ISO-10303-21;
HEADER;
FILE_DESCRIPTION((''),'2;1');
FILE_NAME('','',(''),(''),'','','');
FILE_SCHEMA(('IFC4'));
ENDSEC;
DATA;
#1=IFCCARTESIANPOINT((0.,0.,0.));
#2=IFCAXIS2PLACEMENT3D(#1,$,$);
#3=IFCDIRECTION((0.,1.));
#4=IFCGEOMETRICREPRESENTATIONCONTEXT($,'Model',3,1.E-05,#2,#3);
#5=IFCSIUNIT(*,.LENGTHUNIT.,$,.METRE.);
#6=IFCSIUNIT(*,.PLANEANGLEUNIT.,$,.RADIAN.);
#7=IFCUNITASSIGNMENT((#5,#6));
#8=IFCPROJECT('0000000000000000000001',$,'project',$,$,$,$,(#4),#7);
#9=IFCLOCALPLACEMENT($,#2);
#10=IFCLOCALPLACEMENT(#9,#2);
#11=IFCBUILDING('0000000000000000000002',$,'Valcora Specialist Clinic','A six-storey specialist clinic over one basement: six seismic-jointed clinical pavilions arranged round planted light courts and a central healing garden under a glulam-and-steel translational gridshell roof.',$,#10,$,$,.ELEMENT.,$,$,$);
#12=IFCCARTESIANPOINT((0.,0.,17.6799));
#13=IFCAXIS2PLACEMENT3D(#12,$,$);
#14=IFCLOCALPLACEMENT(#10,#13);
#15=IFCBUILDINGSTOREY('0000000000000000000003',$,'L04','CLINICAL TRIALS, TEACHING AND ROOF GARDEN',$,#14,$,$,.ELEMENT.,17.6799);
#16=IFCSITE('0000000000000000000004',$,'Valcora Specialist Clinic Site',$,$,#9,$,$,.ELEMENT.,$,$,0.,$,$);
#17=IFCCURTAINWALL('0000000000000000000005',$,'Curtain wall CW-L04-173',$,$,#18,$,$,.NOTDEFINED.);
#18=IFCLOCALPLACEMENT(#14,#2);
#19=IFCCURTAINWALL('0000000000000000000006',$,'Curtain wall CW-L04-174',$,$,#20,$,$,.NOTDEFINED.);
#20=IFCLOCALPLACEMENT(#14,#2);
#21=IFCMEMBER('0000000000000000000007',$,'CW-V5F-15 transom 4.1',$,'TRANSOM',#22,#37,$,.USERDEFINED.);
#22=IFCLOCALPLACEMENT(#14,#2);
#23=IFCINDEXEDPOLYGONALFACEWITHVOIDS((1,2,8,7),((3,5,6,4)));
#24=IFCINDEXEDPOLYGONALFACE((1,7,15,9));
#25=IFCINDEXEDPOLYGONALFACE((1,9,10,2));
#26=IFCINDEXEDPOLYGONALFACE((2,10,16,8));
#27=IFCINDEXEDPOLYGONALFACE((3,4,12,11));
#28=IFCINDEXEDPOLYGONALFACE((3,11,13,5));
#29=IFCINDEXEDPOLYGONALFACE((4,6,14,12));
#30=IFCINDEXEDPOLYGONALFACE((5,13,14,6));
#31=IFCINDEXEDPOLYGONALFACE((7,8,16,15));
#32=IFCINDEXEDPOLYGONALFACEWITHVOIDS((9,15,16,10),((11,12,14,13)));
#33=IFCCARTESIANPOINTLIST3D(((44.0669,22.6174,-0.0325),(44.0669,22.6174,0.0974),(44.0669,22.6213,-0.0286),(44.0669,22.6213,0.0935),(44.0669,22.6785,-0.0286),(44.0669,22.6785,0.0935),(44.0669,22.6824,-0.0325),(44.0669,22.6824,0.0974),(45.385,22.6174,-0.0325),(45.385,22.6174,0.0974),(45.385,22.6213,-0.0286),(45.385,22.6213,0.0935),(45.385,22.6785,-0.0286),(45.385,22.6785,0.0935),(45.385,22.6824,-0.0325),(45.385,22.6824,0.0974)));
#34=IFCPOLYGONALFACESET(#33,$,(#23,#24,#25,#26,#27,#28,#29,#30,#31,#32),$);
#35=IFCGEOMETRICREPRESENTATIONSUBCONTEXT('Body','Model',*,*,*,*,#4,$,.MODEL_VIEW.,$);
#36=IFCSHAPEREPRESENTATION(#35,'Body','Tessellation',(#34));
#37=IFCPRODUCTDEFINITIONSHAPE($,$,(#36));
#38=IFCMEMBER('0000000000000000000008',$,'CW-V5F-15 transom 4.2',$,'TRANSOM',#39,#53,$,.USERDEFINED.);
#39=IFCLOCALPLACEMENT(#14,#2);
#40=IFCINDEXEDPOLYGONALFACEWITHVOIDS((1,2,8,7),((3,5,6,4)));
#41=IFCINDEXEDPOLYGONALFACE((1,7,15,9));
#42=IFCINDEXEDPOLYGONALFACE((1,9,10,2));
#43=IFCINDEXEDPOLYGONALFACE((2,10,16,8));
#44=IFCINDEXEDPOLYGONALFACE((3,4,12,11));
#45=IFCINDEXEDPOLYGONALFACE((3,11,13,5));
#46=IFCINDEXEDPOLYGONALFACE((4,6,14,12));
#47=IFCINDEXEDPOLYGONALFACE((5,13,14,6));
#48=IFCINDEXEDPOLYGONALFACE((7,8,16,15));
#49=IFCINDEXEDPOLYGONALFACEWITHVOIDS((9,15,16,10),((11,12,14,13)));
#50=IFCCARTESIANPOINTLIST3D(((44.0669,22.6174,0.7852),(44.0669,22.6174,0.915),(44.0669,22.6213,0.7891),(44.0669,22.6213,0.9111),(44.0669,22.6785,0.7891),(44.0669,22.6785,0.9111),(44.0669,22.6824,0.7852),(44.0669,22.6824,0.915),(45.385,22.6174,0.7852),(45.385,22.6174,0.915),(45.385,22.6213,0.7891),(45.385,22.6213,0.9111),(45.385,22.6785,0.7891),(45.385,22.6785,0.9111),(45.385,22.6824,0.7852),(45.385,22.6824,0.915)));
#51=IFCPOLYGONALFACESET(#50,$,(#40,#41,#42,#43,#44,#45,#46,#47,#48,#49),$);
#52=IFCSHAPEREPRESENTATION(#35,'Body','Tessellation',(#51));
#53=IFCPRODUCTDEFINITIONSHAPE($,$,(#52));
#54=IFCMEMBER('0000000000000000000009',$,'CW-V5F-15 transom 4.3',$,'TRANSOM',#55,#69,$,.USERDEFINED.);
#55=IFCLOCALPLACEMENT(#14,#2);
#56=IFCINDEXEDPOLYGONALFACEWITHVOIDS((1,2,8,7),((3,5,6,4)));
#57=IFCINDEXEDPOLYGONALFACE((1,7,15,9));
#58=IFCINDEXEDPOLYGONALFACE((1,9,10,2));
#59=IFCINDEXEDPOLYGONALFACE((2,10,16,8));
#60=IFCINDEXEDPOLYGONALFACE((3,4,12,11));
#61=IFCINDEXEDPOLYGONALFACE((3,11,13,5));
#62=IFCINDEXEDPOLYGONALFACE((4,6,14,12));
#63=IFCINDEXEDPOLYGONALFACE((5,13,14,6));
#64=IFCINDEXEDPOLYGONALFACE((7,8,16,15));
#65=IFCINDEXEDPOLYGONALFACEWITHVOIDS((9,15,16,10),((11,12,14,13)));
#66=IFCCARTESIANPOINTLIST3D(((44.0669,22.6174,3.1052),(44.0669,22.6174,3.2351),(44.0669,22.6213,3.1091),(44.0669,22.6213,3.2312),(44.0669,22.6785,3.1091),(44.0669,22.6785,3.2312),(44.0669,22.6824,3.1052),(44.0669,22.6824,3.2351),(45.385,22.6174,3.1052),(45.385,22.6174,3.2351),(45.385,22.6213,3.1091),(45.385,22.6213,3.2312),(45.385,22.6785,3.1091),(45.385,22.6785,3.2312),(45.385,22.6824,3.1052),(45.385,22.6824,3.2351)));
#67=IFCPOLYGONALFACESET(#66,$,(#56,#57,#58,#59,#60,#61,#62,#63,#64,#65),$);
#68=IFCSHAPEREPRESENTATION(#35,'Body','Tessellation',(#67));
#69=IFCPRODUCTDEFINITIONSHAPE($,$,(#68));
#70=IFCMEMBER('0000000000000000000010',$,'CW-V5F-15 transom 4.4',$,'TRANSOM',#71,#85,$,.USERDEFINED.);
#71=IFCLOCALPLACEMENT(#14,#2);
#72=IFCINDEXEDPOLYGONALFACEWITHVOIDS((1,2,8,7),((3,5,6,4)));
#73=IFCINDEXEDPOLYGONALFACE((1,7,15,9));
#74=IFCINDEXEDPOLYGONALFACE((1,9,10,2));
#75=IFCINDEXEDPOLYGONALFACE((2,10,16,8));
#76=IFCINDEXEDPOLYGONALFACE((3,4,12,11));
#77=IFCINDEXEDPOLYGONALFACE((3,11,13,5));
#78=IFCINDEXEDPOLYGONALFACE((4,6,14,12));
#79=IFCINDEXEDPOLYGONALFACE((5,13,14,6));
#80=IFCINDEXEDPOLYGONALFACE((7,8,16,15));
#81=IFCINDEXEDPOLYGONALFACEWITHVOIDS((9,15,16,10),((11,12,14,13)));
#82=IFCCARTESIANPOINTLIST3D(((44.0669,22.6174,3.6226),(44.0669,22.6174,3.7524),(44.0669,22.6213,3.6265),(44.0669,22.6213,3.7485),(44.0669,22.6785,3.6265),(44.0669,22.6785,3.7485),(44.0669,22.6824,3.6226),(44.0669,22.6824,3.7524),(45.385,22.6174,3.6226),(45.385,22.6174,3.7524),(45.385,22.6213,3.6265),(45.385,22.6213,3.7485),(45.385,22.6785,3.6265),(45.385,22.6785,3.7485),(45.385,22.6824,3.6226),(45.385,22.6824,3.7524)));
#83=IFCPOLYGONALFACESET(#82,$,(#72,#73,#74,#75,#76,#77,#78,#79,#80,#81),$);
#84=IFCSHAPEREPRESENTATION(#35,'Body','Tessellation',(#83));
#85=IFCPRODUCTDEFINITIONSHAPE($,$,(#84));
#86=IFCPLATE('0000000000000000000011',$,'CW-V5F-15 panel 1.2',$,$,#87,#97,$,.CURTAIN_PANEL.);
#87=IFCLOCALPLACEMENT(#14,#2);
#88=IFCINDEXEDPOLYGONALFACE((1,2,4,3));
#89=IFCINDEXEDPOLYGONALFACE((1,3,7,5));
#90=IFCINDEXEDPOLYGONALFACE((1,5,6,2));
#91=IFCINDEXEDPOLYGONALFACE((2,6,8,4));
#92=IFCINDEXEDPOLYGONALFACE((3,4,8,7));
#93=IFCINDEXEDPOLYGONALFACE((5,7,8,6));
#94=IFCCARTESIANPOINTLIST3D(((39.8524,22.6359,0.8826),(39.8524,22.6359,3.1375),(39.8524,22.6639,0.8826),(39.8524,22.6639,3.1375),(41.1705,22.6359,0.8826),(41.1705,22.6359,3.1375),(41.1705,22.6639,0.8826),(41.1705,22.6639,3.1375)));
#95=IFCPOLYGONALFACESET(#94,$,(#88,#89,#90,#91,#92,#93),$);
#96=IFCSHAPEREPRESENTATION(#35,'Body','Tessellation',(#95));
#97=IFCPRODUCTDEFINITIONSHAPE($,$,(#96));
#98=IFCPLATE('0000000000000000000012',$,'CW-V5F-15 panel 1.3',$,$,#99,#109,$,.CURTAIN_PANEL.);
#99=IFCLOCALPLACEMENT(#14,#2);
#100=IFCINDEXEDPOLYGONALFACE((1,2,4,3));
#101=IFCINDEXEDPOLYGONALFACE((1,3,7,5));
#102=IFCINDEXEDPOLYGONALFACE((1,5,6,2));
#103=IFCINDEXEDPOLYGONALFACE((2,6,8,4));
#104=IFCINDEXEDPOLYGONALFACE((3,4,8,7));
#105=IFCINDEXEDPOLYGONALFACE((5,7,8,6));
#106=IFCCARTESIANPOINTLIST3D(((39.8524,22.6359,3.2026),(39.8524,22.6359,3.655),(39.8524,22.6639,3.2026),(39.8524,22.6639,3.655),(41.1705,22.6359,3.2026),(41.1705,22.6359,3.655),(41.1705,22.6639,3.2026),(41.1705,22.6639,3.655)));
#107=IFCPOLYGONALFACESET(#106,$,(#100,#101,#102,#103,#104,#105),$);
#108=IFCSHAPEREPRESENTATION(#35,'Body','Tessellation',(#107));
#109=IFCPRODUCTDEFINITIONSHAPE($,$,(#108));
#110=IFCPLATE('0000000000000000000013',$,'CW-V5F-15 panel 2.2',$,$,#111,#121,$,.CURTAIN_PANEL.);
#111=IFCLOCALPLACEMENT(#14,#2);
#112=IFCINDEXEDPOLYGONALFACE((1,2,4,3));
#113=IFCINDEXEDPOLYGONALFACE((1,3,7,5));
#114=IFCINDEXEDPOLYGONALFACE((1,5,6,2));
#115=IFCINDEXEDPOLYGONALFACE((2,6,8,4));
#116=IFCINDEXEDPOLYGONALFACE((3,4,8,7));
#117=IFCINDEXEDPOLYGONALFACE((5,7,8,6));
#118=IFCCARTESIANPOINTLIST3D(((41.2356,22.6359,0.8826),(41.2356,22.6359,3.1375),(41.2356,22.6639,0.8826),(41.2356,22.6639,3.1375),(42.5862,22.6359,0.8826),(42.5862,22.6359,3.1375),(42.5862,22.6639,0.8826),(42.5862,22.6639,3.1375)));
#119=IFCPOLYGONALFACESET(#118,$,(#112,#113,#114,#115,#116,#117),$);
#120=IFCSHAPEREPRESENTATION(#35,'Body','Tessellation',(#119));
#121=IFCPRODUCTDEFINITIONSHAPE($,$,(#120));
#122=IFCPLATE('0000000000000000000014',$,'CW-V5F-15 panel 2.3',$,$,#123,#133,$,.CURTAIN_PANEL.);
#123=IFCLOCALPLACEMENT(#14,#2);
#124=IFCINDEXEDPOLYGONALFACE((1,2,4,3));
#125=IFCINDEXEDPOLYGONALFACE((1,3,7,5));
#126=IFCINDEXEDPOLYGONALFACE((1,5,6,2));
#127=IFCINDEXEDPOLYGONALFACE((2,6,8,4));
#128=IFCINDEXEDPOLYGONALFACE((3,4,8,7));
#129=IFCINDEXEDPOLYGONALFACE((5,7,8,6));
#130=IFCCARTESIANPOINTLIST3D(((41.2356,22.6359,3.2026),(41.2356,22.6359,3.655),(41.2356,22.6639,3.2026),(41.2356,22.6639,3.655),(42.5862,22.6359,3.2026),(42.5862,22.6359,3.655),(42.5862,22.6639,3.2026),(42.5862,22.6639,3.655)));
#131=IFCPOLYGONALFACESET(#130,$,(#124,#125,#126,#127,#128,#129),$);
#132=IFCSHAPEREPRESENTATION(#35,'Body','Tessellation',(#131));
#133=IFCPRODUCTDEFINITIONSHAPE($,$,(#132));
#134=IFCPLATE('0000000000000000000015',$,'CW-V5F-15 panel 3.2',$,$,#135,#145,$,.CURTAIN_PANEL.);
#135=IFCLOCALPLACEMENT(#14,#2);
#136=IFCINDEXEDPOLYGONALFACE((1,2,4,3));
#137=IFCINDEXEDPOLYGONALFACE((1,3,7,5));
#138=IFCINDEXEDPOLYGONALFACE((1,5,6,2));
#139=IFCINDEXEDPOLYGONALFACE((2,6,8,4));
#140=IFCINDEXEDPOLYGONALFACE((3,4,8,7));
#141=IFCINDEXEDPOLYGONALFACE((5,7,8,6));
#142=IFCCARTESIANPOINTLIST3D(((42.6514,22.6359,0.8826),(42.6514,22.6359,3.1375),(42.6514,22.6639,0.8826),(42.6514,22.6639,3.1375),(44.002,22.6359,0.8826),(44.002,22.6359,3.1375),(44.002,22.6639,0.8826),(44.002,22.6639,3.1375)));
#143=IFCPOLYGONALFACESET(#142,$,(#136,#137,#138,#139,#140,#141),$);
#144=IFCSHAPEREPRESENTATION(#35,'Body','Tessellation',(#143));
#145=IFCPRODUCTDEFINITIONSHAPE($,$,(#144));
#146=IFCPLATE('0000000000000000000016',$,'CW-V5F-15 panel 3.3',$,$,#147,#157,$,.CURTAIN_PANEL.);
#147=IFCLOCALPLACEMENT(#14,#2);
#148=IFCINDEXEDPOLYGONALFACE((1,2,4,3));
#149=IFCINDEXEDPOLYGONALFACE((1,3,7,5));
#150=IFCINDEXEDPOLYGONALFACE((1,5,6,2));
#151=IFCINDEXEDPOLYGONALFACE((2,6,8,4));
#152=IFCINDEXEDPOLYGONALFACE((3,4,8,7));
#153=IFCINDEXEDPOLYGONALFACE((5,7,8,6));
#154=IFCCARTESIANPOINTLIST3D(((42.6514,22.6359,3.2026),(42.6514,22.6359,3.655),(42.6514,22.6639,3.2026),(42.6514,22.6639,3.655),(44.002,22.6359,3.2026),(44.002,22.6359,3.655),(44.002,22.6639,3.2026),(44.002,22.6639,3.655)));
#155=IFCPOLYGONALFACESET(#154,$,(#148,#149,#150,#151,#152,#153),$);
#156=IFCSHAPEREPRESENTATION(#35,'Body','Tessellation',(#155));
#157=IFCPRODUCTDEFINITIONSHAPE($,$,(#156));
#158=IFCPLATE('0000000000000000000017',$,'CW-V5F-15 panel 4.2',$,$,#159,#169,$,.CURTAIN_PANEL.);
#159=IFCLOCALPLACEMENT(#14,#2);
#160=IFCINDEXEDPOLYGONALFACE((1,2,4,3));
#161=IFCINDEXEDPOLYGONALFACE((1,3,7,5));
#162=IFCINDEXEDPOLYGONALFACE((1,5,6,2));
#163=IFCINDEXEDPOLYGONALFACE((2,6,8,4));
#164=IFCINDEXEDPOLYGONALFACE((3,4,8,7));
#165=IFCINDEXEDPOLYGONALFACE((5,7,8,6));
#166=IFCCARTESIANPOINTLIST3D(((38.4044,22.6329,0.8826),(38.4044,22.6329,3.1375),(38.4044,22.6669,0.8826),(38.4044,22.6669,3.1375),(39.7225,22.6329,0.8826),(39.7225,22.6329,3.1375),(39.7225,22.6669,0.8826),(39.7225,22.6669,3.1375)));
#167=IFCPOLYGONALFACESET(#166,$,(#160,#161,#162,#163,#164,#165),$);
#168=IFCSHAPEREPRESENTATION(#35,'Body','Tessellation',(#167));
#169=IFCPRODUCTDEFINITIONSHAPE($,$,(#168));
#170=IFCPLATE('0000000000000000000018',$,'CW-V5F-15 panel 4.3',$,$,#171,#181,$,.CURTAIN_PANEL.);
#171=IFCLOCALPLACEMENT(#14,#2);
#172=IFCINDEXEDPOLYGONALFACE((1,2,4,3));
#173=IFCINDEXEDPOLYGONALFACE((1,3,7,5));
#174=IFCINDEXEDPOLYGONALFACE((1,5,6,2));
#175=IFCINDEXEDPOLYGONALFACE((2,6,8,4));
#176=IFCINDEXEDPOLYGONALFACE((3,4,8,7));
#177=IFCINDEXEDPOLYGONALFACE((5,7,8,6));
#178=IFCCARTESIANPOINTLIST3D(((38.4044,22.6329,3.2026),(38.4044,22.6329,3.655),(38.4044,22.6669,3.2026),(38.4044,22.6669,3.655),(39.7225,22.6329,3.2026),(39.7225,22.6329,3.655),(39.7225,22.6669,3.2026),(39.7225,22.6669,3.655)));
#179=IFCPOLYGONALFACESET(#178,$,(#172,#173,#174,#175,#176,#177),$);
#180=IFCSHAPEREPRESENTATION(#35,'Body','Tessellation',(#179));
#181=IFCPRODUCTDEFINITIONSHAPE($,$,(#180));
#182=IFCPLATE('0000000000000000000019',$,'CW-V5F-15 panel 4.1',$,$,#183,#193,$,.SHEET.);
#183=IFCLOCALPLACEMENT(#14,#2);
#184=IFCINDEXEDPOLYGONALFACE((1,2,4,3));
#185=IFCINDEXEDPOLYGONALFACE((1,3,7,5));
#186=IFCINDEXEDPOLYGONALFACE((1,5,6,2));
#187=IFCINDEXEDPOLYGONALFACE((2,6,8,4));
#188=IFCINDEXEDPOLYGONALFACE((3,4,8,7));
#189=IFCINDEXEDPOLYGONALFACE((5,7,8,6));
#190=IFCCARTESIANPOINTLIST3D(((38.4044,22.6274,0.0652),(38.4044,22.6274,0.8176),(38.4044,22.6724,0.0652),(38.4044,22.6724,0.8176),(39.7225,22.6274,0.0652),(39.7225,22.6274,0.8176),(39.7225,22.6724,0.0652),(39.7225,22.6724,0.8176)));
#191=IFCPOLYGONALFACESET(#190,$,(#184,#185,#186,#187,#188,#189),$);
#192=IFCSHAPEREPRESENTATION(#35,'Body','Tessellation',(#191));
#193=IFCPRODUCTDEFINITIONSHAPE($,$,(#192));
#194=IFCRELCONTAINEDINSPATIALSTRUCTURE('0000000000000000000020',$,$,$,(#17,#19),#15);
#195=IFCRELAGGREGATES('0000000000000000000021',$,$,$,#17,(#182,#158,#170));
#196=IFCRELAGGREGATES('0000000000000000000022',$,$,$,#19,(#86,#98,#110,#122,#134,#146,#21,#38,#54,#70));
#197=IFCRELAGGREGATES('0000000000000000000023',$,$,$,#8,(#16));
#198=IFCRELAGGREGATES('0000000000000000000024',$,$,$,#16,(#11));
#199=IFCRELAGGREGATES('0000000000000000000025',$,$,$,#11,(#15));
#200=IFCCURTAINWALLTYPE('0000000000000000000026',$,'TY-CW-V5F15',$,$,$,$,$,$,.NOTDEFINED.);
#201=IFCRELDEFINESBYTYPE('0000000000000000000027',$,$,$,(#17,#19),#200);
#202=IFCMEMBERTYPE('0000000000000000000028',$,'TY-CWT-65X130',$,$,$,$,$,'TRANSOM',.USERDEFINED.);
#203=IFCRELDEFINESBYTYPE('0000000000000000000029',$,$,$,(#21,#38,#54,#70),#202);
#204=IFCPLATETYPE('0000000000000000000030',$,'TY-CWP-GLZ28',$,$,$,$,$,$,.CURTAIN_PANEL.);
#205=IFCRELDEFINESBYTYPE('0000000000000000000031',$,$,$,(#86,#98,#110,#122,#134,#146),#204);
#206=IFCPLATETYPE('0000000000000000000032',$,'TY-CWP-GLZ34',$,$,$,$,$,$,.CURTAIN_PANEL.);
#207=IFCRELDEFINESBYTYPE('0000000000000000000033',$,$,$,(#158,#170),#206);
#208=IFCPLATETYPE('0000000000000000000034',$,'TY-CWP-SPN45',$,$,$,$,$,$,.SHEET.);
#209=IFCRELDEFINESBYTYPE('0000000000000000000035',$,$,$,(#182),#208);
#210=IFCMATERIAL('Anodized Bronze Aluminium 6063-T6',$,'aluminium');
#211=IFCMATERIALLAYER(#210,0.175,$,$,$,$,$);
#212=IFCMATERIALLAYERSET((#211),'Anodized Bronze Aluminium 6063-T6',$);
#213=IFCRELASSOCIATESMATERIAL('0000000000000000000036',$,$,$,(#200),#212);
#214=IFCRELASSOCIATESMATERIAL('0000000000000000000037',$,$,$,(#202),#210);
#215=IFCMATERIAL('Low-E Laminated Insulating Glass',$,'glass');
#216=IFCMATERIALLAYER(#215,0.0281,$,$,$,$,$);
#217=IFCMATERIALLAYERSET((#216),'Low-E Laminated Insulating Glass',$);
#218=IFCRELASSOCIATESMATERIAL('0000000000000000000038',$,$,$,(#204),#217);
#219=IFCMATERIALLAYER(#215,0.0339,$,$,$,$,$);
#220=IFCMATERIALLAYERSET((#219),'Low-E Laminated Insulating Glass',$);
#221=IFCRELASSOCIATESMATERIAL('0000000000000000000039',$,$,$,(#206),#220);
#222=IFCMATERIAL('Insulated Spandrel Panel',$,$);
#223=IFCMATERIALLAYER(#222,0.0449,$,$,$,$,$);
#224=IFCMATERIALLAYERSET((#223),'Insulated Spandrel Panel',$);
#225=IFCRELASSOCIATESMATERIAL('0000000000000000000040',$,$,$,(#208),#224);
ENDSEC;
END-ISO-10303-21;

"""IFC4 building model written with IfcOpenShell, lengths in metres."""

from ifc_helpers import new_model, si_unit, direction, frame, origin, origin_2d, place, context, subcontext, project, spatial, rectangle, hollow_rectangle, extrude, material, layer, layer_set, material_profile, profile_set, type_object, element, aggregate, save


model = new_model("IFC4")

# Units and contexts
model_context = context("Model", 3, precision=1e-05, world=origin(), true_north=direction((0.0, 1.0)))
body_context = subcontext(model_context, "Body", "Model", "MODEL_VIEW")
ifc_project = project(units=[si_unit("LENGTHUNIT", "METRE"), si_unit("PLANEANGLEUNIT", "RADIAN")], contexts=[model_context])

# Site, building, storey
site_placement = place(None, origin())
site = spatial("IfcSite", under=ifc_project, at=site_placement, Name="Valcora Specialist Clinic Site", CompositionType="ELEMENT", RefElevation=0.0)
building_placement = place(site_placement, origin())
building = spatial("IfcBuilding", under=site, at=building_placement, Name="Valcora Specialist Clinic", Description="A six-storey specialist clinic over one basement: six seismic-jointed clinical pavilions arranged round planted light courts and a central healing garden under a glulam-and-steel translational gridshell roof.", CompositionType="ELEMENT")
storey_placement = place(building_placement, frame((0.0, 0.0, 17.6799)))
storey = spatial("IfcBuildingStorey", under=building, at=storey_placement, Name="L04", Description="CLINICAL TRIALS, TEACHING AND ROOF GARDEN", CompositionType="ELEMENT", Elevation=17.6799)

# Curtain walls
ifc_material_1 = material(Name="Anodized Bronze Aluminium 6063-T6", Category="aluminium")
ifc_layer_1 = layer(ifc_material_1, 0.175)
ifc_layer_set_1 = layer_set([ifc_layer_1], Name="Anodized Bronze Aluminium 6063-T6")
curtain_wall_type = type_object("IfcCurtainWallType", Name="TY-CW-V5F15", PredefinedType="NOTDEFINED", material=ifc_layer_set_1)
curtain_wall_1_placement = place(storey_placement, origin())
curtain_wall_1 = element("IfcCurtainWall", 1, at=curtain_wall_1_placement, inside=storey, type_object=curtain_wall_type, Name="Curtain wall CW-L04-173", PredefinedType="NOTDEFINED")
curtain_wall_2_placement = place(storey_placement, origin())
curtain_wall_2 = element("IfcCurtainWall", 2, at=curtain_wall_2_placement, inside=storey, type_object=curtain_wall_type, Name="Curtain wall CW-L04-174", PredefinedType="NOTDEFINED")

# Members
ifc_material_profile_1 = material_profile(ifc_material_1, hollow_rectangle(XDim=0.0649, YDim=0.1299, WallThickness=0.0039, at=origin_2d()), Name="AL-TRN-65X130")
ifc_profile_set_1 = profile_set([ifc_material_profile_1], Name="Anodized Bronze Aluminium 6063-T6")
member_type_1 = type_object("IfcMemberType", Name="TY-CWT-65X130", ElementType="TRANSOM", PredefinedType="USERDEFINED", material=ifc_profile_set_1)
member_1_placement = place(storey_placement, frame((44.0669, 22.6499, 0.0325), z_axis=(1.0, 0.0, 0.0), x_axis=(0.0, 1.0, 0.0)))
member_1 = element("IfcMember", 3, at=member_1_placement, type_object=member_type_1, Name="CW-V5F-15 transom 4.1", ObjectType="TRANSOM", PredefinedType="USERDEFINED", context=body_context, shape_type="SweptSolid", body=[
    extrude(hollow_rectangle(XDim=0.0649, YDim=0.1299, WallThickness=0.0039, at=origin_2d()), origin(), (0.0, 0.0, 1.0), 1.3181),
])
member_2_placement = place(storey_placement, frame((44.0669, 22.6499, 0.8501), z_axis=(1.0, 0.0, 0.0), x_axis=(0.0, 1.0, 0.0)))
member_2 = element("IfcMember", 4, at=member_2_placement, type_object=member_type_1, Name="CW-V5F-15 transom 4.2", ObjectType="TRANSOM", PredefinedType="USERDEFINED", context=body_context, shape_type="SweptSolid", body=[
    extrude(hollow_rectangle(XDim=0.0649, YDim=0.1299, WallThickness=0.0039, at=origin_2d()), origin(), (0.0, 0.0, 1.0), 1.3181),
])
member_3_placement = place(storey_placement, frame((44.0669, 22.6499, 3.1702), z_axis=(1.0, 0.0, 0.0), x_axis=(0.0, 1.0, 0.0)))
member_3 = element("IfcMember", 5, at=member_3_placement, type_object=member_type_1, Name="CW-V5F-15 transom 4.3", ObjectType="TRANSOM", PredefinedType="USERDEFINED", context=body_context, shape_type="SweptSolid", body=[
    extrude(hollow_rectangle(XDim=0.0649, YDim=0.1299, WallThickness=0.0039, at=origin_2d()), origin(), (0.0, 0.0, 1.0), 1.3181),
])
member_4_placement = place(storey_placement, frame((44.0669, 22.6499, 3.6875), z_axis=(1.0, 0.0, 0.0), x_axis=(0.0, 1.0, 0.0)))
member_4 = element("IfcMember", 6, at=member_4_placement, type_object=member_type_1, Name="CW-V5F-15 transom 4.4", ObjectType="TRANSOM", PredefinedType="USERDEFINED", context=body_context, shape_type="SweptSolid", body=[
    extrude(hollow_rectangle(XDim=0.0649, YDim=0.1299, WallThickness=0.0039, at=origin_2d()), origin(), (0.0, 0.0, 1.0), 1.3181),
])

# Plates
ifc_material_2 = material(Name="Low-E Laminated Insulating Glass", Category="glass")
ifc_layer_2 = layer(ifc_material_2, 0.0281)
ifc_layer_set_2 = layer_set([ifc_layer_2], Name="Low-E Laminated Insulating Glass")
plate_type_1 = type_object("IfcPlateType", Name="TY-CWP-GLZ28", PredefinedType="CURTAIN_PANEL", material=ifc_layer_set_2)
plate_1_placement = place(storey_placement, frame((40.5115, 22.6499, 0.8826), z_axis=(0.0, 0.0, 1.0), x_axis=(1.0, 0.0, 0.0)))
plate_1 = element("IfcPlate", 7, at=plate_1_placement, type_object=plate_type_1, Name="CW-V5F-15 panel 1.2", PredefinedType="CURTAIN_PANEL", context=body_context, shape_type="SweptSolid", body=[
    extrude(rectangle(XDim=1.3181, YDim=0.0281, at=origin_2d()), origin(), (0.0, 0.0, 1.0), 2.2549),
])
plate_2_placement = place(storey_placement, frame((40.5115, 22.6499, 3.2026), z_axis=(0.0, 0.0, 1.0), x_axis=(1.0, 0.0, 0.0)))
plate_2 = element("IfcPlate", 8, at=plate_2_placement, type_object=plate_type_1, Name="CW-V5F-15 panel 1.3", PredefinedType="CURTAIN_PANEL", context=body_context, shape_type="SweptSolid", body=[
    extrude(rectangle(XDim=1.3181, YDim=0.0281, at=origin_2d()), origin(), (0.0, 0.0, 1.0), 0.4524),
])
plate_3_placement = place(storey_placement, frame((41.9109, 22.6499, 0.8826), z_axis=(0.0, 0.0, 1.0), x_axis=(1.0, 0.0, 0.0)))
plate_3 = element("IfcPlate", 9, at=plate_3_placement, type_object=plate_type_1, Name="CW-V5F-15 panel 2.2", PredefinedType="CURTAIN_PANEL", context=body_context, shape_type="SweptSolid", body=[
    extrude(rectangle(XDim=1.3506, YDim=0.0281, at=origin_2d()), origin(), (0.0, 0.0, 1.0), 2.2549),
])
plate_4_placement = place(storey_placement, frame((41.9109, 22.6499, 3.2026), z_axis=(0.0, 0.0, 1.0), x_axis=(1.0, 0.0, 0.0)))
plate_4 = element("IfcPlate", 10, at=plate_4_placement, type_object=plate_type_1, Name="CW-V5F-15 panel 2.3", PredefinedType="CURTAIN_PANEL", context=body_context, shape_type="SweptSolid", body=[
    extrude(rectangle(XDim=1.3506, YDim=0.0281, at=origin_2d()), origin(), (0.0, 0.0, 1.0), 0.4524),
])
plate_5_placement = place(storey_placement, frame((43.3267, 22.6499, 0.8826), z_axis=(0.0, 0.0, 1.0), x_axis=(1.0, 0.0, 0.0)))
plate_5 = element("IfcPlate", 11, at=plate_5_placement, type_object=plate_type_1, Name="CW-V5F-15 panel 3.2", PredefinedType="CURTAIN_PANEL", context=body_context, shape_type="SweptSolid", body=[
    extrude(rectangle(XDim=1.3506, YDim=0.0281, at=origin_2d()), origin(), (0.0, 0.0, 1.0), 2.2549),
])
plate_6_placement = place(storey_placement, frame((43.3267, 22.6499, 3.2026), z_axis=(0.0, 0.0, 1.0), x_axis=(1.0, 0.0, 0.0)))
plate_6 = element("IfcPlate", 12, at=plate_6_placement, type_object=plate_type_1, Name="CW-V5F-15 panel 3.3", PredefinedType="CURTAIN_PANEL", context=body_context, shape_type="SweptSolid", body=[
    extrude(rectangle(XDim=1.3506, YDim=0.0281, at=origin_2d()), origin(), (0.0, 0.0, 1.0), 0.4524),
])
ifc_layer_3 = layer(ifc_material_2, 0.0339)
ifc_layer_set_3 = layer_set([ifc_layer_3], Name="Low-E Laminated Insulating Glass")
plate_type_2 = type_object("IfcPlateType", Name="TY-CWP-GLZ34", PredefinedType="CURTAIN_PANEL", material=ifc_layer_set_3)
plate_7_placement = place(storey_placement, frame((39.0635, 22.6499, 0.8826), z_axis=(0.0, 0.0, 1.0), x_axis=(1.0, 0.0, 0.0)))
plate_7 = element("IfcPlate", 13, at=plate_7_placement, type_object=plate_type_2, Name="CW-V5F-15 panel 4.2", PredefinedType="CURTAIN_PANEL", context=body_context, shape_type="SweptSolid", body=[
    extrude(rectangle(XDim=1.3181, YDim=0.0339, at=origin_2d()), origin(), (0.0, 0.0, 1.0), 2.2549),
])
plate_8_placement = place(storey_placement, frame((39.0635, 22.6499, 3.2026), z_axis=(0.0, 0.0, 1.0), x_axis=(1.0, 0.0, 0.0)))
plate_8 = element("IfcPlate", 14, at=plate_8_placement, type_object=plate_type_2, Name="CW-V5F-15 panel 4.3", PredefinedType="CURTAIN_PANEL", context=body_context, shape_type="SweptSolid", body=[
    extrude(rectangle(XDim=1.3181, YDim=0.0339, at=origin_2d()), origin(), (0.0, 0.0, 1.0), 0.4524),
])
ifc_material_3 = material(Name="Insulated Spandrel Panel")
ifc_layer_4 = layer(ifc_material_3, 0.0449)
ifc_layer_set_4 = layer_set([ifc_layer_4], Name="Insulated Spandrel Panel")
plate_type_3 = type_object("IfcPlateType", Name="TY-CWP-SPN45", PredefinedType="SHEET", material=ifc_layer_set_4)
plate_9_placement = place(storey_placement, frame((39.0635, 22.6499, 0.0652), z_axis=(0.0, 0.0, 1.0), x_axis=(1.0, 0.0, 0.0)))
plate_9 = element("IfcPlate", 15, at=plate_9_placement, type_object=plate_type_3, Name="CW-V5F-15 panel 4.1", PredefinedType="SHEET", context=body_context, shape_type="SweptSolid", body=[
    extrude(rectangle(XDim=1.3181, YDim=0.0449, at=origin_2d()), origin(), (0.0, 0.0, 1.0), 0.7524),
])
aggregate(curtain_wall_1, [plate_9, plate_7, plate_8])
aggregate(curtain_wall_2, [plate_1, plate_2, plate_3, plate_4, plate_5, plate_6, member_1, member_2, member_3, member_4])

save(model, "model.ifc")
